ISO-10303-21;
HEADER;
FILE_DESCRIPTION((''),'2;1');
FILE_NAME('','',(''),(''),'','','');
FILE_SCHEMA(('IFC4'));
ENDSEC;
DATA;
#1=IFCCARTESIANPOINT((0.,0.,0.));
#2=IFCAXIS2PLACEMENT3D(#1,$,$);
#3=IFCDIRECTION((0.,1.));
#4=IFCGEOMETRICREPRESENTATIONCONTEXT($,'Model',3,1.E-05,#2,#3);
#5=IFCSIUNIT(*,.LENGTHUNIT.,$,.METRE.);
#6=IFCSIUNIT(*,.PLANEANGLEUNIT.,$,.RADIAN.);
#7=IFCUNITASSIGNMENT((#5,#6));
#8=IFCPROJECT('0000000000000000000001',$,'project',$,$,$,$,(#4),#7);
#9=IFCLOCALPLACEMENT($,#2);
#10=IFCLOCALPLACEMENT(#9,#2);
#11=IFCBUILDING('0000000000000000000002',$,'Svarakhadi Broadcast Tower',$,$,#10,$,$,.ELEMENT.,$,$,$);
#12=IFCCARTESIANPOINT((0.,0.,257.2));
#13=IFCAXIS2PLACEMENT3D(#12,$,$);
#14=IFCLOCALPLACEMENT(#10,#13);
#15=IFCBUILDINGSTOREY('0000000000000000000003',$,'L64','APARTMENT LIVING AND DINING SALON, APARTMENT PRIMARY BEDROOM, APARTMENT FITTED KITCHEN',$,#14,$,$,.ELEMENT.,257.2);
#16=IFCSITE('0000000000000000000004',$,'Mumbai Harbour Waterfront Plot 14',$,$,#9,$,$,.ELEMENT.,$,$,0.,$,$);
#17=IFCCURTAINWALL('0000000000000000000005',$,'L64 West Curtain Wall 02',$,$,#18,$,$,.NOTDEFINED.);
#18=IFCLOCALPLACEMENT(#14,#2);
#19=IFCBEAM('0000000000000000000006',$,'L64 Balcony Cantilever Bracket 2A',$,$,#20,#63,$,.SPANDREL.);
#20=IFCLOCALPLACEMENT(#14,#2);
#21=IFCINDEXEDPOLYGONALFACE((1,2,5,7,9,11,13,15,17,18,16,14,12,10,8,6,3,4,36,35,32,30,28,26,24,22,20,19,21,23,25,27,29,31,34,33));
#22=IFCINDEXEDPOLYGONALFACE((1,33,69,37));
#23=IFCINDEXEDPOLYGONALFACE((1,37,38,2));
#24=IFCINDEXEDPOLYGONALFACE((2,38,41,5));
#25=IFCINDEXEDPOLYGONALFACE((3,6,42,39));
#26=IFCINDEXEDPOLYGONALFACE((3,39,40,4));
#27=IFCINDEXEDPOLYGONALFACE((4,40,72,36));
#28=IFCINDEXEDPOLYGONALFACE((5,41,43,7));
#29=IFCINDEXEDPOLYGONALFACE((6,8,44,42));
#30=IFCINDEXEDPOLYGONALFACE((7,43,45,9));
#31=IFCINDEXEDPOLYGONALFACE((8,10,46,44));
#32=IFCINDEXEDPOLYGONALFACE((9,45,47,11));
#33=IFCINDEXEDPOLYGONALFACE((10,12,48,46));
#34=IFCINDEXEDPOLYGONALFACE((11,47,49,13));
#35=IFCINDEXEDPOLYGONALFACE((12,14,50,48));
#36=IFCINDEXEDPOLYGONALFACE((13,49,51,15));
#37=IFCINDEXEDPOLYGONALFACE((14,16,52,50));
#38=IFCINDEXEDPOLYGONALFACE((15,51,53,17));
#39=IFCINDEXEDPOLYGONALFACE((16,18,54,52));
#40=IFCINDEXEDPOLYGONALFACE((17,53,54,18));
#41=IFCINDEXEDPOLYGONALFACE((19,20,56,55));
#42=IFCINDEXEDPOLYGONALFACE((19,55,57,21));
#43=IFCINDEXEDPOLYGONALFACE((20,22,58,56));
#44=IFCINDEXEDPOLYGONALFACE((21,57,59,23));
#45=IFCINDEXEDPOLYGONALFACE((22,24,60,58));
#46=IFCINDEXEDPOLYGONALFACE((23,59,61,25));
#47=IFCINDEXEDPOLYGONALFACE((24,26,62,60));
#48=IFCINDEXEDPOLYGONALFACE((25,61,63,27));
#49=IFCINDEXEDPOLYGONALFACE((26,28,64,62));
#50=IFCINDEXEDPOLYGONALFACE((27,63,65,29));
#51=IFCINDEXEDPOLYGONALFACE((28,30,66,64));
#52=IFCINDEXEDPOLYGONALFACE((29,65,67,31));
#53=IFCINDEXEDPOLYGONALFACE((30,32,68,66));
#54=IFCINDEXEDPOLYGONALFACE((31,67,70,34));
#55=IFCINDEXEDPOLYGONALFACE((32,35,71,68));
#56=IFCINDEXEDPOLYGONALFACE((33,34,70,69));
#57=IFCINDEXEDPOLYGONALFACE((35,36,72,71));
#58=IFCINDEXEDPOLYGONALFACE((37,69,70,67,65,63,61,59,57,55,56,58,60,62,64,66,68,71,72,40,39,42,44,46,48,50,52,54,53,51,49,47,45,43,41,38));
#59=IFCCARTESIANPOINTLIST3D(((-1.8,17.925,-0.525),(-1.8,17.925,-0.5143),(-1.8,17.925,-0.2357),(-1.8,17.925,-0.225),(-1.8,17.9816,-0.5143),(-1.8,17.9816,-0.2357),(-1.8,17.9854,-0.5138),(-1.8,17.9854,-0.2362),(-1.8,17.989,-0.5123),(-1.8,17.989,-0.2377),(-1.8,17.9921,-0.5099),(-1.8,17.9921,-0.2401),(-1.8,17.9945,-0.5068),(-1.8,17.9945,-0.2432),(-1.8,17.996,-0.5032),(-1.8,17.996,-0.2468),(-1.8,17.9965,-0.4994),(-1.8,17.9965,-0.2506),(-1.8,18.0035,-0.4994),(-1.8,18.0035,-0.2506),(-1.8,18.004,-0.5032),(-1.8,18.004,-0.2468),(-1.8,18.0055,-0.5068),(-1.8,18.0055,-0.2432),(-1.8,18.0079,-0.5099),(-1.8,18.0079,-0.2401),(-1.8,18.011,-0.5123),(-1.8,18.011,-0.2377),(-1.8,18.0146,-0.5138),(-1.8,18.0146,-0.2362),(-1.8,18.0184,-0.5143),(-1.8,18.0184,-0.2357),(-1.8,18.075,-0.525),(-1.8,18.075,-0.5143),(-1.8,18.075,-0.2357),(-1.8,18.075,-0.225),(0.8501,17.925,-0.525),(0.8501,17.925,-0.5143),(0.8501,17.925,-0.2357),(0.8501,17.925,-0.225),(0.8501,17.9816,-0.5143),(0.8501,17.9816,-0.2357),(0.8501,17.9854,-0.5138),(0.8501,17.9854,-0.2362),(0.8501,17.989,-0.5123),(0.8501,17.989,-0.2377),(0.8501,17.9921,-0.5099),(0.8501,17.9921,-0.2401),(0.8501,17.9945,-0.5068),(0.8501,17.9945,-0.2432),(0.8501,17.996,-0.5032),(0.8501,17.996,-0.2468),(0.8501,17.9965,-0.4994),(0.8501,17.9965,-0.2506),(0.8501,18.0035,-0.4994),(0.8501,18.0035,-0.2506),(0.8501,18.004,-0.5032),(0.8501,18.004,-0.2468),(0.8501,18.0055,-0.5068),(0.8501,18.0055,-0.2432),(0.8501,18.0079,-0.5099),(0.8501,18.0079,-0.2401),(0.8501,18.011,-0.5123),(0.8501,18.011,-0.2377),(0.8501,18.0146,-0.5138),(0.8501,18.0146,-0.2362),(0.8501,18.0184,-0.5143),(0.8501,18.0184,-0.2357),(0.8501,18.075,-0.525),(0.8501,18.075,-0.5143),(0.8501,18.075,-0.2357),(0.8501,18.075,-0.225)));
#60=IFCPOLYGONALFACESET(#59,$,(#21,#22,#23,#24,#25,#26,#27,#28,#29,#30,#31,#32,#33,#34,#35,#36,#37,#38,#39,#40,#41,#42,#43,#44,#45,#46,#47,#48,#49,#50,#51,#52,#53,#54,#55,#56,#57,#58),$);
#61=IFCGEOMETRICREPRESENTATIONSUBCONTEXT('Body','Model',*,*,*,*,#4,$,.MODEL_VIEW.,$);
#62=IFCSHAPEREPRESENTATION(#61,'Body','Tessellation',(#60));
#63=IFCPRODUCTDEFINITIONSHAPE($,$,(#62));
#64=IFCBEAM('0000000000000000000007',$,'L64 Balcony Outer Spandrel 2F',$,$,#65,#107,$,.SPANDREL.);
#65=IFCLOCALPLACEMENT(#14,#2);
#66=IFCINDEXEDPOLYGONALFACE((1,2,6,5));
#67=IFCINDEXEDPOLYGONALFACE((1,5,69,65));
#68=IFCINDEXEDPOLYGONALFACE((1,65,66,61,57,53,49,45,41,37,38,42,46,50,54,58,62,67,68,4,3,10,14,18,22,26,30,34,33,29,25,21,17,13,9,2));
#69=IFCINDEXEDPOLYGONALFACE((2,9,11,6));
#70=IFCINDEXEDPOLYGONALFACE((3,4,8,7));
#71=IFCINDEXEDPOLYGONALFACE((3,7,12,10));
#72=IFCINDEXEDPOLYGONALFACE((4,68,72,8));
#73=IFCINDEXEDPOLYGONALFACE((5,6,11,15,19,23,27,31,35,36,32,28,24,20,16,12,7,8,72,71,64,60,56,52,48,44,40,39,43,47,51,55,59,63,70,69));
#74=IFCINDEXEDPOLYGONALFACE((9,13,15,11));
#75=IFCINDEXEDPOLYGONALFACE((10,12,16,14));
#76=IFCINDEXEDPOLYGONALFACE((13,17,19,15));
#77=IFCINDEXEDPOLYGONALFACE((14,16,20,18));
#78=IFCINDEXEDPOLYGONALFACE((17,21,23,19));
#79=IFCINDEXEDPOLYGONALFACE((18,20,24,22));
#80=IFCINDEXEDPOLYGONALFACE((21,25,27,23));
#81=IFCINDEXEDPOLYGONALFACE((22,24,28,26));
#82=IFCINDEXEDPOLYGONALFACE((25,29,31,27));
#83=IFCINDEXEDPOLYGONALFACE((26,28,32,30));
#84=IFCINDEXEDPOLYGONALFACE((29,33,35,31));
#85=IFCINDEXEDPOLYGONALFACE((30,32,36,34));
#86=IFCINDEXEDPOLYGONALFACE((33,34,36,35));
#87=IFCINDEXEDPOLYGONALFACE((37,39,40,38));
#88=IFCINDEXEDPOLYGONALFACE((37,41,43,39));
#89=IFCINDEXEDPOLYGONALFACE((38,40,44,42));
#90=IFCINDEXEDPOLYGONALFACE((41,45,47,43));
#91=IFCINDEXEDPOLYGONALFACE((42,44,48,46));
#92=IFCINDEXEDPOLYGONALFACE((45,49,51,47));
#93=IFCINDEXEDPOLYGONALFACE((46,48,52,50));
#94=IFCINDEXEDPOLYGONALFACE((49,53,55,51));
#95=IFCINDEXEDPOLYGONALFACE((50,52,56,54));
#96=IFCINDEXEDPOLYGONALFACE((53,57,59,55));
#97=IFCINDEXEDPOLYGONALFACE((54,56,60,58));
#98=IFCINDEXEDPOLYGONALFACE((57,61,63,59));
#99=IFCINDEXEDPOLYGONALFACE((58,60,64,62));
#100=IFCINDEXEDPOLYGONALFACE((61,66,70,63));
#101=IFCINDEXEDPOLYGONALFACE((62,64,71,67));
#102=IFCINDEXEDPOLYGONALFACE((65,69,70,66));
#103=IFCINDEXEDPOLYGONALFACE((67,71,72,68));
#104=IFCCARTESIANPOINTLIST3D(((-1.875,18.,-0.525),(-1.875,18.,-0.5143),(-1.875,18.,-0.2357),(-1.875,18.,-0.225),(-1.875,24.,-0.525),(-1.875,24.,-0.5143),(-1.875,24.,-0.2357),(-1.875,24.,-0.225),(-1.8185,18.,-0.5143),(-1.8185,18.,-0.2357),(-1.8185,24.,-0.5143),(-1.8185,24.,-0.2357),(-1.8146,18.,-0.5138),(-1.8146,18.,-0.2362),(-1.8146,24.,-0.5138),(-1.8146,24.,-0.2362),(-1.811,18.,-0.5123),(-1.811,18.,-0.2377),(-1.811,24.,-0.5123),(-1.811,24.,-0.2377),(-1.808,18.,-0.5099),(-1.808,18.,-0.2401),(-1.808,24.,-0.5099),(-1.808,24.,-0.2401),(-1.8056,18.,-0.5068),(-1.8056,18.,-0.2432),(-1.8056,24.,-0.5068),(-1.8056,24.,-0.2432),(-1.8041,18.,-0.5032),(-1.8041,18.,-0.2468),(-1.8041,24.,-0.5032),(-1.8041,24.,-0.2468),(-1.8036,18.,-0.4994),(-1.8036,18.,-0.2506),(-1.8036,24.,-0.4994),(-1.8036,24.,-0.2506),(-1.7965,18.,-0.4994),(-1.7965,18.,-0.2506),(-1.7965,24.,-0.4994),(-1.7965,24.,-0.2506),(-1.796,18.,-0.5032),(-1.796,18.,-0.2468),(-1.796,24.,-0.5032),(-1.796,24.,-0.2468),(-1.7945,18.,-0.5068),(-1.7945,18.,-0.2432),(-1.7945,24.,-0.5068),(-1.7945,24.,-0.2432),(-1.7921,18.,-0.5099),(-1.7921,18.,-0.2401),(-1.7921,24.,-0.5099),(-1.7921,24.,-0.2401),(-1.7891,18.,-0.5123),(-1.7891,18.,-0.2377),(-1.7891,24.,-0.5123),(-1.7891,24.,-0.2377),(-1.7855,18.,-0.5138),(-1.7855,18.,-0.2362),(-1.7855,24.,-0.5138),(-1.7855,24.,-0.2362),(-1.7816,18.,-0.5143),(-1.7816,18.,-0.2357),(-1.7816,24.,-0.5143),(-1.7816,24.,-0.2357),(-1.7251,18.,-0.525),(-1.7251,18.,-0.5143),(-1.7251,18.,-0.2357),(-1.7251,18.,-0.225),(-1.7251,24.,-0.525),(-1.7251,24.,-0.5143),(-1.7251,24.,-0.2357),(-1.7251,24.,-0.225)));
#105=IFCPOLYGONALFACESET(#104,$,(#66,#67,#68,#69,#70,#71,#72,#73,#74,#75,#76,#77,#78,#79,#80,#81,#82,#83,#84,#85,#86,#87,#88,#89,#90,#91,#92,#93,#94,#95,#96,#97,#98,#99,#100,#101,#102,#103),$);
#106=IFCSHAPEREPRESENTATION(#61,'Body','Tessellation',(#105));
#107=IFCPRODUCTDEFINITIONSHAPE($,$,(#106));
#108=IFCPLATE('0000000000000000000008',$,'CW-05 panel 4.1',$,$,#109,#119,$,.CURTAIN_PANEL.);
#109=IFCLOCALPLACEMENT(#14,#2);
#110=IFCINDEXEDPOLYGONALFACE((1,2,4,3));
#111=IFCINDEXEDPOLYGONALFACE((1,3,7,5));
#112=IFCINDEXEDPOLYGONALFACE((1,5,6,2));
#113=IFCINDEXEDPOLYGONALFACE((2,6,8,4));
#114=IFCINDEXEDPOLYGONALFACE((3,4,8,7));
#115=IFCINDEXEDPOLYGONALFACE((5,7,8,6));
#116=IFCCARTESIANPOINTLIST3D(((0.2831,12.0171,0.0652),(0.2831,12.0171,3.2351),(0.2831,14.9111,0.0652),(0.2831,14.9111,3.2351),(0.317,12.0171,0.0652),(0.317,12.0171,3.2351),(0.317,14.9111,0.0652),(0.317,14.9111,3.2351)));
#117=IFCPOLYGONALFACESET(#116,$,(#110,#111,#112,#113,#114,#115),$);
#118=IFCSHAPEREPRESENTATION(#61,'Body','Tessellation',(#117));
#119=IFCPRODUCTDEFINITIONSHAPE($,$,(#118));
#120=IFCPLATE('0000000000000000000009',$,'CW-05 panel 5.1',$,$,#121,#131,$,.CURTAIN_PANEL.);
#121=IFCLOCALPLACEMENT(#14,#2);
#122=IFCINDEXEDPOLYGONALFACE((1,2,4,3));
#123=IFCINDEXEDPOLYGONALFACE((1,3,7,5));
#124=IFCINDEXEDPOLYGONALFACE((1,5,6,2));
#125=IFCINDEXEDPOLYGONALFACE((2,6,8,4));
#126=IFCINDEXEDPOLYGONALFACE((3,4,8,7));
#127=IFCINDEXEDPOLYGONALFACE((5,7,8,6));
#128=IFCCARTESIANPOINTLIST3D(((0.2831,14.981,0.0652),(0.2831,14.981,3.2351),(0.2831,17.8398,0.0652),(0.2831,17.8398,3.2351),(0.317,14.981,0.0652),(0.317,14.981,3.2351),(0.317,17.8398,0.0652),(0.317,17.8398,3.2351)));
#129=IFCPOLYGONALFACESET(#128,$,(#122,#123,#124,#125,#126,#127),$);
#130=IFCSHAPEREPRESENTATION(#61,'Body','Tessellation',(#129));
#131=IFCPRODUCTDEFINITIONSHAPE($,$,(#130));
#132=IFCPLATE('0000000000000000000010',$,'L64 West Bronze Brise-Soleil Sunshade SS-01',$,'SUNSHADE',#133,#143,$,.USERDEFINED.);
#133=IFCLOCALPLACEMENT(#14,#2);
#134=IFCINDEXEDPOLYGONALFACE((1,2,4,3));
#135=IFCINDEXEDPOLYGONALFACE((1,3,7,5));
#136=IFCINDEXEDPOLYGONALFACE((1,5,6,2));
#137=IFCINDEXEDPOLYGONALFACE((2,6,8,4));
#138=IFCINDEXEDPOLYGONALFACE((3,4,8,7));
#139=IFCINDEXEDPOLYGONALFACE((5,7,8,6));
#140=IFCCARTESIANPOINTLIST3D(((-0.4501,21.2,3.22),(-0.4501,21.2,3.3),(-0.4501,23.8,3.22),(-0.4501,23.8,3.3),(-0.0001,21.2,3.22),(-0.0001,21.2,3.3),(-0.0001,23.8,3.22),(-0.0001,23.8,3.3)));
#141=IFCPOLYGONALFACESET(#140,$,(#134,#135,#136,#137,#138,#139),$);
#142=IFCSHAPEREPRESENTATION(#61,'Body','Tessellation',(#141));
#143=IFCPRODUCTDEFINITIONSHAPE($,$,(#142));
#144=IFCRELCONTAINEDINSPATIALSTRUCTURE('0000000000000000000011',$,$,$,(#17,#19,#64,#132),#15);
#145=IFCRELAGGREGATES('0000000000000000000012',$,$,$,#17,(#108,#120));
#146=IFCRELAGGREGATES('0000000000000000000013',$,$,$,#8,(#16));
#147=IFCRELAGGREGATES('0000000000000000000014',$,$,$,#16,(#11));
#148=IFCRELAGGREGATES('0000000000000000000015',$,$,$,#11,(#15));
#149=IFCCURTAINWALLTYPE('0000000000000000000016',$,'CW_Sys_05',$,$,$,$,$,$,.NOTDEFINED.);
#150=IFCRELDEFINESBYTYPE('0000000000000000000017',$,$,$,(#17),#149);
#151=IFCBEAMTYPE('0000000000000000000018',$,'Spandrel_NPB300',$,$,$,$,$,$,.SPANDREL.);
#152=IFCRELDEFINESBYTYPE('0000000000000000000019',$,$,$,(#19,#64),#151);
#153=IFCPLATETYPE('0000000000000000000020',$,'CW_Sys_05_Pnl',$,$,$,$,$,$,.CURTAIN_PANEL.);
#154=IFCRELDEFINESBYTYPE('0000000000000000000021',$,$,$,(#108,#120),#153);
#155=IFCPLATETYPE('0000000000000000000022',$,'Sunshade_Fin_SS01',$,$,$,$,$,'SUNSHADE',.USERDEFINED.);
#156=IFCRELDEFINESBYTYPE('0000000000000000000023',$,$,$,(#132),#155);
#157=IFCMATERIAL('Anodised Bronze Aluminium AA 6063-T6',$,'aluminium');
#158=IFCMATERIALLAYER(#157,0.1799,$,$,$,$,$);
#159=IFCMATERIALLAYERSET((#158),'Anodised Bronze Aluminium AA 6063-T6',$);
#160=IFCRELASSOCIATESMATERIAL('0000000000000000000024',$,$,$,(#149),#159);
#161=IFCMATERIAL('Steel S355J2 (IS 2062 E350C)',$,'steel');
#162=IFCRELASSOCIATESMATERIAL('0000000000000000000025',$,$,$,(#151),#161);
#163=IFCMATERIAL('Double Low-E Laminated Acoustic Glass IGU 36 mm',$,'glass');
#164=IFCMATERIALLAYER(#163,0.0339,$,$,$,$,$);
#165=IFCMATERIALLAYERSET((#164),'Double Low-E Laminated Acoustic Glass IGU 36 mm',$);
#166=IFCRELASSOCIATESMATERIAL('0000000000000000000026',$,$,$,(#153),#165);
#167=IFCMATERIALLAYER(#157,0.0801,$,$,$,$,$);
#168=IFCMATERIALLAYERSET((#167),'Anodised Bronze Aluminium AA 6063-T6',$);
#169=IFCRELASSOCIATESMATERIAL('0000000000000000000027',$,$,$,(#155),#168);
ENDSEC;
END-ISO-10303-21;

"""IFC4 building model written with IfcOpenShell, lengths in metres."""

from ifc_helpers import new_model, si_unit, direction, frame, origin, origin_2d, place, context, subcontext, project, spatial, rectangle, i_section, extrude, material, layer, layer_set, material_profile, profile_set, type_object, element, aggregate, save


model = new_model("IFC4")

# Units and contexts
model_context = context("Model", 3, precision=1e-05, world=origin(), true_north=direction((0.0, 1.0)))
body_context = subcontext(model_context, "Body", "Model", "MODEL_VIEW")
ifc_project = project(units=[si_unit("LENGTHUNIT", "METRE"), si_unit("PLANEANGLEUNIT", "RADIAN")], contexts=[model_context])

# Site, building, storey
site_placement = place(None, origin())
site = spatial("IfcSite", under=ifc_project, at=site_placement, Name="Mumbai Harbour Waterfront Plot 14", CompositionType="ELEMENT", RefElevation=0.0)
building_placement = place(site_placement, origin())
building = spatial("IfcBuilding", under=site, at=building_placement, Name="Svarakhadi Broadcast Tower", CompositionType="ELEMENT")
storey_placement = place(building_placement, frame((0.0, 0.0, 257.2)))
storey = spatial("IfcBuildingStorey", under=building, at=storey_placement, Name="L64", Description="APARTMENT LIVING AND DINING SALON, APARTMENT PRIMARY BEDROOM, APARTMENT FITTED KITCHEN", CompositionType="ELEMENT", Elevation=257.2)

# Shared definitions
ifc_material_1 = material(Name="Steel S355J2 (IS 2062 E350C)", Category="steel")

# Curtain wall
ifc_material_2 = material(Name="Anodised Bronze Aluminium AA 6063-T6", Category="aluminium")
ifc_layer_1 = layer(ifc_material_2, 0.1799)
ifc_layer_set_1 = layer_set([ifc_layer_1], Name="Anodised Bronze Aluminium AA 6063-T6")
curtain_wall_type = type_object("IfcCurtainWallType", Name="CW_Sys_05", PredefinedType="NOTDEFINED", material=ifc_layer_set_1)
curtain_wall_placement = place(storey_placement, origin())
curtain_wall = element("IfcCurtainWall", 1, at=curtain_wall_placement, inside=storey, type_object=curtain_wall_type, Name="L64 West Curtain Wall 02", PredefinedType="NOTDEFINED")

# Beams
ifc_material_profile_1 = material_profile(ifc_material_1, i_section(OverallWidth=0.1499, OverallDepth=0.3, WebThickness=0.0071, FlangeThickness=0.0107, FilletRadius=0.0149, at=origin_2d()), Name="NPB 300x150x37")
ifc_profile_set_1 = profile_set([ifc_material_profile_1], Name="Steel S355J2 (IS 2062 E350C)")
beam_type_1 = type_object("IfcBeamType", Name="Spandrel_NPB300", PredefinedType="SPANDREL", material=ifc_profile_set_1)
beam_1_placement = place(storey_placement, frame((0.8501, 18.0, -0.375), z_axis=(-1.0, 0.0, 0.0), x_axis=(0.0, -1.0, 0.0)))
element("IfcBeam", 2, at=beam_1_placement, inside=storey, type_object=beam_type_1, Name="L64 Balcony Cantilever Bracket 2A", PredefinedType="SPANDREL", context=body_context, shape_type="SweptSolid", body=[
    extrude(i_section(OverallWidth=0.1499, OverallDepth=0.3, WebThickness=0.0071, FlangeThickness=0.0107, FilletRadius=0.0149, at=origin_2d()), origin(), (0.0, 0.0, 1.0), 2.6501),
])
beam_2_placement = place(storey_placement, frame((-1.8, 18.0, -0.375), z_axis=(0.0, 1.0, 0.0), x_axis=(-1.0, 0.0, 0.0)))
element("IfcBeam", 3, at=beam_2_placement, inside=storey, type_object=beam_type_1, Name="L64 Balcony Outer Spandrel 2F", PredefinedType="SPANDREL", context=body_context, shape_type="SweptSolid", body=[
    extrude(i_section(OverallWidth=0.1499, OverallDepth=0.3, WebThickness=0.0071, FlangeThickness=0.0107, FilletRadius=0.0149, at=origin_2d()), origin(), (0.0, 0.0, 1.0), 6.0),
])

# Plates
ifc_material_3 = material(Name="Double Low-E Laminated Acoustic Glass IGU 36 mm", Category="glass")
ifc_layer_2 = layer(ifc_material_3, 0.0339)
ifc_layer_set_2 = layer_set([ifc_layer_2], Name="Double Low-E Laminated Acoustic Glass IGU 36 mm")
plate_type_1 = type_object("IfcPlateType", Name="CW_Sys_05_Pnl", PredefinedType="CURTAIN_PANEL", material=ifc_layer_set_2)
plate_1_placement = place(storey_placement, frame((0.3, 13.4641, 0.0652), z_axis=(0.0, 0.0, 1.0), x_axis=(0.0, 1.0, 0.0)))
plate_1 = element("IfcPlate", 4, at=plate_1_placement, type_object=plate_type_1, Name="CW-05 panel 4.1", PredefinedType="CURTAIN_PANEL", context=body_context, shape_type="SweptSolid", body=[
    extrude(rectangle(XDim=2.894, YDim=0.0339, at=origin_2d()), origin(), (0.0, 0.0, 1.0), 3.1699),
])
plate_2_placement = place(storey_placement, frame((0.3, 16.4104, 0.0652), z_axis=(0.0, 0.0, 1.0), x_axis=(0.0, 1.0, 0.0)))
plate_2 = element("IfcPlate", 5, at=plate_2_placement, type_object=plate_type_1, Name="CW-05 panel 5.1", PredefinedType="CURTAIN_PANEL", context=body_context, shape_type="SweptSolid", body=[
    extrude(rectangle(XDim=2.8589, YDim=0.0339, at=origin_2d()), origin(), (0.0, 0.0, 1.0), 3.1699),
])
aggregate(curtain_wall, [plate_1, plate_2])
ifc_layer_3 = layer(ifc_material_2, 0.0801)
ifc_layer_set_3 = layer_set([ifc_layer_3], Name="Anodised Bronze Aluminium AA 6063-T6")
plate_type_2 = type_object("IfcPlateType", Name="Sunshade_Fin_SS01", ElementType="SUNSHADE", PredefinedType="USERDEFINED", material=ifc_layer_set_3)
plate_3_placement = place(storey_placement, frame((-0.2251, 22.5, 3.22), z_axis=(0.0, 0.0, 1.0), x_axis=(0.0, 1.0, 0.0)))
element("IfcPlate", 6, at=plate_3_placement, inside=storey, type_object=plate_type_2, Name="L64 West Bronze Brise-Soleil Sunshade SS-01", ObjectType="SUNSHADE", PredefinedType="USERDEFINED", context=body_context, shape_type="SweptSolid", body=[
    extrude(rectangle(XDim=2.6001, YDim=0.45, at=origin_2d()), origin(), (0.0, 0.0, 1.0), 0.0801),
])

save(model, "model.ifc")
